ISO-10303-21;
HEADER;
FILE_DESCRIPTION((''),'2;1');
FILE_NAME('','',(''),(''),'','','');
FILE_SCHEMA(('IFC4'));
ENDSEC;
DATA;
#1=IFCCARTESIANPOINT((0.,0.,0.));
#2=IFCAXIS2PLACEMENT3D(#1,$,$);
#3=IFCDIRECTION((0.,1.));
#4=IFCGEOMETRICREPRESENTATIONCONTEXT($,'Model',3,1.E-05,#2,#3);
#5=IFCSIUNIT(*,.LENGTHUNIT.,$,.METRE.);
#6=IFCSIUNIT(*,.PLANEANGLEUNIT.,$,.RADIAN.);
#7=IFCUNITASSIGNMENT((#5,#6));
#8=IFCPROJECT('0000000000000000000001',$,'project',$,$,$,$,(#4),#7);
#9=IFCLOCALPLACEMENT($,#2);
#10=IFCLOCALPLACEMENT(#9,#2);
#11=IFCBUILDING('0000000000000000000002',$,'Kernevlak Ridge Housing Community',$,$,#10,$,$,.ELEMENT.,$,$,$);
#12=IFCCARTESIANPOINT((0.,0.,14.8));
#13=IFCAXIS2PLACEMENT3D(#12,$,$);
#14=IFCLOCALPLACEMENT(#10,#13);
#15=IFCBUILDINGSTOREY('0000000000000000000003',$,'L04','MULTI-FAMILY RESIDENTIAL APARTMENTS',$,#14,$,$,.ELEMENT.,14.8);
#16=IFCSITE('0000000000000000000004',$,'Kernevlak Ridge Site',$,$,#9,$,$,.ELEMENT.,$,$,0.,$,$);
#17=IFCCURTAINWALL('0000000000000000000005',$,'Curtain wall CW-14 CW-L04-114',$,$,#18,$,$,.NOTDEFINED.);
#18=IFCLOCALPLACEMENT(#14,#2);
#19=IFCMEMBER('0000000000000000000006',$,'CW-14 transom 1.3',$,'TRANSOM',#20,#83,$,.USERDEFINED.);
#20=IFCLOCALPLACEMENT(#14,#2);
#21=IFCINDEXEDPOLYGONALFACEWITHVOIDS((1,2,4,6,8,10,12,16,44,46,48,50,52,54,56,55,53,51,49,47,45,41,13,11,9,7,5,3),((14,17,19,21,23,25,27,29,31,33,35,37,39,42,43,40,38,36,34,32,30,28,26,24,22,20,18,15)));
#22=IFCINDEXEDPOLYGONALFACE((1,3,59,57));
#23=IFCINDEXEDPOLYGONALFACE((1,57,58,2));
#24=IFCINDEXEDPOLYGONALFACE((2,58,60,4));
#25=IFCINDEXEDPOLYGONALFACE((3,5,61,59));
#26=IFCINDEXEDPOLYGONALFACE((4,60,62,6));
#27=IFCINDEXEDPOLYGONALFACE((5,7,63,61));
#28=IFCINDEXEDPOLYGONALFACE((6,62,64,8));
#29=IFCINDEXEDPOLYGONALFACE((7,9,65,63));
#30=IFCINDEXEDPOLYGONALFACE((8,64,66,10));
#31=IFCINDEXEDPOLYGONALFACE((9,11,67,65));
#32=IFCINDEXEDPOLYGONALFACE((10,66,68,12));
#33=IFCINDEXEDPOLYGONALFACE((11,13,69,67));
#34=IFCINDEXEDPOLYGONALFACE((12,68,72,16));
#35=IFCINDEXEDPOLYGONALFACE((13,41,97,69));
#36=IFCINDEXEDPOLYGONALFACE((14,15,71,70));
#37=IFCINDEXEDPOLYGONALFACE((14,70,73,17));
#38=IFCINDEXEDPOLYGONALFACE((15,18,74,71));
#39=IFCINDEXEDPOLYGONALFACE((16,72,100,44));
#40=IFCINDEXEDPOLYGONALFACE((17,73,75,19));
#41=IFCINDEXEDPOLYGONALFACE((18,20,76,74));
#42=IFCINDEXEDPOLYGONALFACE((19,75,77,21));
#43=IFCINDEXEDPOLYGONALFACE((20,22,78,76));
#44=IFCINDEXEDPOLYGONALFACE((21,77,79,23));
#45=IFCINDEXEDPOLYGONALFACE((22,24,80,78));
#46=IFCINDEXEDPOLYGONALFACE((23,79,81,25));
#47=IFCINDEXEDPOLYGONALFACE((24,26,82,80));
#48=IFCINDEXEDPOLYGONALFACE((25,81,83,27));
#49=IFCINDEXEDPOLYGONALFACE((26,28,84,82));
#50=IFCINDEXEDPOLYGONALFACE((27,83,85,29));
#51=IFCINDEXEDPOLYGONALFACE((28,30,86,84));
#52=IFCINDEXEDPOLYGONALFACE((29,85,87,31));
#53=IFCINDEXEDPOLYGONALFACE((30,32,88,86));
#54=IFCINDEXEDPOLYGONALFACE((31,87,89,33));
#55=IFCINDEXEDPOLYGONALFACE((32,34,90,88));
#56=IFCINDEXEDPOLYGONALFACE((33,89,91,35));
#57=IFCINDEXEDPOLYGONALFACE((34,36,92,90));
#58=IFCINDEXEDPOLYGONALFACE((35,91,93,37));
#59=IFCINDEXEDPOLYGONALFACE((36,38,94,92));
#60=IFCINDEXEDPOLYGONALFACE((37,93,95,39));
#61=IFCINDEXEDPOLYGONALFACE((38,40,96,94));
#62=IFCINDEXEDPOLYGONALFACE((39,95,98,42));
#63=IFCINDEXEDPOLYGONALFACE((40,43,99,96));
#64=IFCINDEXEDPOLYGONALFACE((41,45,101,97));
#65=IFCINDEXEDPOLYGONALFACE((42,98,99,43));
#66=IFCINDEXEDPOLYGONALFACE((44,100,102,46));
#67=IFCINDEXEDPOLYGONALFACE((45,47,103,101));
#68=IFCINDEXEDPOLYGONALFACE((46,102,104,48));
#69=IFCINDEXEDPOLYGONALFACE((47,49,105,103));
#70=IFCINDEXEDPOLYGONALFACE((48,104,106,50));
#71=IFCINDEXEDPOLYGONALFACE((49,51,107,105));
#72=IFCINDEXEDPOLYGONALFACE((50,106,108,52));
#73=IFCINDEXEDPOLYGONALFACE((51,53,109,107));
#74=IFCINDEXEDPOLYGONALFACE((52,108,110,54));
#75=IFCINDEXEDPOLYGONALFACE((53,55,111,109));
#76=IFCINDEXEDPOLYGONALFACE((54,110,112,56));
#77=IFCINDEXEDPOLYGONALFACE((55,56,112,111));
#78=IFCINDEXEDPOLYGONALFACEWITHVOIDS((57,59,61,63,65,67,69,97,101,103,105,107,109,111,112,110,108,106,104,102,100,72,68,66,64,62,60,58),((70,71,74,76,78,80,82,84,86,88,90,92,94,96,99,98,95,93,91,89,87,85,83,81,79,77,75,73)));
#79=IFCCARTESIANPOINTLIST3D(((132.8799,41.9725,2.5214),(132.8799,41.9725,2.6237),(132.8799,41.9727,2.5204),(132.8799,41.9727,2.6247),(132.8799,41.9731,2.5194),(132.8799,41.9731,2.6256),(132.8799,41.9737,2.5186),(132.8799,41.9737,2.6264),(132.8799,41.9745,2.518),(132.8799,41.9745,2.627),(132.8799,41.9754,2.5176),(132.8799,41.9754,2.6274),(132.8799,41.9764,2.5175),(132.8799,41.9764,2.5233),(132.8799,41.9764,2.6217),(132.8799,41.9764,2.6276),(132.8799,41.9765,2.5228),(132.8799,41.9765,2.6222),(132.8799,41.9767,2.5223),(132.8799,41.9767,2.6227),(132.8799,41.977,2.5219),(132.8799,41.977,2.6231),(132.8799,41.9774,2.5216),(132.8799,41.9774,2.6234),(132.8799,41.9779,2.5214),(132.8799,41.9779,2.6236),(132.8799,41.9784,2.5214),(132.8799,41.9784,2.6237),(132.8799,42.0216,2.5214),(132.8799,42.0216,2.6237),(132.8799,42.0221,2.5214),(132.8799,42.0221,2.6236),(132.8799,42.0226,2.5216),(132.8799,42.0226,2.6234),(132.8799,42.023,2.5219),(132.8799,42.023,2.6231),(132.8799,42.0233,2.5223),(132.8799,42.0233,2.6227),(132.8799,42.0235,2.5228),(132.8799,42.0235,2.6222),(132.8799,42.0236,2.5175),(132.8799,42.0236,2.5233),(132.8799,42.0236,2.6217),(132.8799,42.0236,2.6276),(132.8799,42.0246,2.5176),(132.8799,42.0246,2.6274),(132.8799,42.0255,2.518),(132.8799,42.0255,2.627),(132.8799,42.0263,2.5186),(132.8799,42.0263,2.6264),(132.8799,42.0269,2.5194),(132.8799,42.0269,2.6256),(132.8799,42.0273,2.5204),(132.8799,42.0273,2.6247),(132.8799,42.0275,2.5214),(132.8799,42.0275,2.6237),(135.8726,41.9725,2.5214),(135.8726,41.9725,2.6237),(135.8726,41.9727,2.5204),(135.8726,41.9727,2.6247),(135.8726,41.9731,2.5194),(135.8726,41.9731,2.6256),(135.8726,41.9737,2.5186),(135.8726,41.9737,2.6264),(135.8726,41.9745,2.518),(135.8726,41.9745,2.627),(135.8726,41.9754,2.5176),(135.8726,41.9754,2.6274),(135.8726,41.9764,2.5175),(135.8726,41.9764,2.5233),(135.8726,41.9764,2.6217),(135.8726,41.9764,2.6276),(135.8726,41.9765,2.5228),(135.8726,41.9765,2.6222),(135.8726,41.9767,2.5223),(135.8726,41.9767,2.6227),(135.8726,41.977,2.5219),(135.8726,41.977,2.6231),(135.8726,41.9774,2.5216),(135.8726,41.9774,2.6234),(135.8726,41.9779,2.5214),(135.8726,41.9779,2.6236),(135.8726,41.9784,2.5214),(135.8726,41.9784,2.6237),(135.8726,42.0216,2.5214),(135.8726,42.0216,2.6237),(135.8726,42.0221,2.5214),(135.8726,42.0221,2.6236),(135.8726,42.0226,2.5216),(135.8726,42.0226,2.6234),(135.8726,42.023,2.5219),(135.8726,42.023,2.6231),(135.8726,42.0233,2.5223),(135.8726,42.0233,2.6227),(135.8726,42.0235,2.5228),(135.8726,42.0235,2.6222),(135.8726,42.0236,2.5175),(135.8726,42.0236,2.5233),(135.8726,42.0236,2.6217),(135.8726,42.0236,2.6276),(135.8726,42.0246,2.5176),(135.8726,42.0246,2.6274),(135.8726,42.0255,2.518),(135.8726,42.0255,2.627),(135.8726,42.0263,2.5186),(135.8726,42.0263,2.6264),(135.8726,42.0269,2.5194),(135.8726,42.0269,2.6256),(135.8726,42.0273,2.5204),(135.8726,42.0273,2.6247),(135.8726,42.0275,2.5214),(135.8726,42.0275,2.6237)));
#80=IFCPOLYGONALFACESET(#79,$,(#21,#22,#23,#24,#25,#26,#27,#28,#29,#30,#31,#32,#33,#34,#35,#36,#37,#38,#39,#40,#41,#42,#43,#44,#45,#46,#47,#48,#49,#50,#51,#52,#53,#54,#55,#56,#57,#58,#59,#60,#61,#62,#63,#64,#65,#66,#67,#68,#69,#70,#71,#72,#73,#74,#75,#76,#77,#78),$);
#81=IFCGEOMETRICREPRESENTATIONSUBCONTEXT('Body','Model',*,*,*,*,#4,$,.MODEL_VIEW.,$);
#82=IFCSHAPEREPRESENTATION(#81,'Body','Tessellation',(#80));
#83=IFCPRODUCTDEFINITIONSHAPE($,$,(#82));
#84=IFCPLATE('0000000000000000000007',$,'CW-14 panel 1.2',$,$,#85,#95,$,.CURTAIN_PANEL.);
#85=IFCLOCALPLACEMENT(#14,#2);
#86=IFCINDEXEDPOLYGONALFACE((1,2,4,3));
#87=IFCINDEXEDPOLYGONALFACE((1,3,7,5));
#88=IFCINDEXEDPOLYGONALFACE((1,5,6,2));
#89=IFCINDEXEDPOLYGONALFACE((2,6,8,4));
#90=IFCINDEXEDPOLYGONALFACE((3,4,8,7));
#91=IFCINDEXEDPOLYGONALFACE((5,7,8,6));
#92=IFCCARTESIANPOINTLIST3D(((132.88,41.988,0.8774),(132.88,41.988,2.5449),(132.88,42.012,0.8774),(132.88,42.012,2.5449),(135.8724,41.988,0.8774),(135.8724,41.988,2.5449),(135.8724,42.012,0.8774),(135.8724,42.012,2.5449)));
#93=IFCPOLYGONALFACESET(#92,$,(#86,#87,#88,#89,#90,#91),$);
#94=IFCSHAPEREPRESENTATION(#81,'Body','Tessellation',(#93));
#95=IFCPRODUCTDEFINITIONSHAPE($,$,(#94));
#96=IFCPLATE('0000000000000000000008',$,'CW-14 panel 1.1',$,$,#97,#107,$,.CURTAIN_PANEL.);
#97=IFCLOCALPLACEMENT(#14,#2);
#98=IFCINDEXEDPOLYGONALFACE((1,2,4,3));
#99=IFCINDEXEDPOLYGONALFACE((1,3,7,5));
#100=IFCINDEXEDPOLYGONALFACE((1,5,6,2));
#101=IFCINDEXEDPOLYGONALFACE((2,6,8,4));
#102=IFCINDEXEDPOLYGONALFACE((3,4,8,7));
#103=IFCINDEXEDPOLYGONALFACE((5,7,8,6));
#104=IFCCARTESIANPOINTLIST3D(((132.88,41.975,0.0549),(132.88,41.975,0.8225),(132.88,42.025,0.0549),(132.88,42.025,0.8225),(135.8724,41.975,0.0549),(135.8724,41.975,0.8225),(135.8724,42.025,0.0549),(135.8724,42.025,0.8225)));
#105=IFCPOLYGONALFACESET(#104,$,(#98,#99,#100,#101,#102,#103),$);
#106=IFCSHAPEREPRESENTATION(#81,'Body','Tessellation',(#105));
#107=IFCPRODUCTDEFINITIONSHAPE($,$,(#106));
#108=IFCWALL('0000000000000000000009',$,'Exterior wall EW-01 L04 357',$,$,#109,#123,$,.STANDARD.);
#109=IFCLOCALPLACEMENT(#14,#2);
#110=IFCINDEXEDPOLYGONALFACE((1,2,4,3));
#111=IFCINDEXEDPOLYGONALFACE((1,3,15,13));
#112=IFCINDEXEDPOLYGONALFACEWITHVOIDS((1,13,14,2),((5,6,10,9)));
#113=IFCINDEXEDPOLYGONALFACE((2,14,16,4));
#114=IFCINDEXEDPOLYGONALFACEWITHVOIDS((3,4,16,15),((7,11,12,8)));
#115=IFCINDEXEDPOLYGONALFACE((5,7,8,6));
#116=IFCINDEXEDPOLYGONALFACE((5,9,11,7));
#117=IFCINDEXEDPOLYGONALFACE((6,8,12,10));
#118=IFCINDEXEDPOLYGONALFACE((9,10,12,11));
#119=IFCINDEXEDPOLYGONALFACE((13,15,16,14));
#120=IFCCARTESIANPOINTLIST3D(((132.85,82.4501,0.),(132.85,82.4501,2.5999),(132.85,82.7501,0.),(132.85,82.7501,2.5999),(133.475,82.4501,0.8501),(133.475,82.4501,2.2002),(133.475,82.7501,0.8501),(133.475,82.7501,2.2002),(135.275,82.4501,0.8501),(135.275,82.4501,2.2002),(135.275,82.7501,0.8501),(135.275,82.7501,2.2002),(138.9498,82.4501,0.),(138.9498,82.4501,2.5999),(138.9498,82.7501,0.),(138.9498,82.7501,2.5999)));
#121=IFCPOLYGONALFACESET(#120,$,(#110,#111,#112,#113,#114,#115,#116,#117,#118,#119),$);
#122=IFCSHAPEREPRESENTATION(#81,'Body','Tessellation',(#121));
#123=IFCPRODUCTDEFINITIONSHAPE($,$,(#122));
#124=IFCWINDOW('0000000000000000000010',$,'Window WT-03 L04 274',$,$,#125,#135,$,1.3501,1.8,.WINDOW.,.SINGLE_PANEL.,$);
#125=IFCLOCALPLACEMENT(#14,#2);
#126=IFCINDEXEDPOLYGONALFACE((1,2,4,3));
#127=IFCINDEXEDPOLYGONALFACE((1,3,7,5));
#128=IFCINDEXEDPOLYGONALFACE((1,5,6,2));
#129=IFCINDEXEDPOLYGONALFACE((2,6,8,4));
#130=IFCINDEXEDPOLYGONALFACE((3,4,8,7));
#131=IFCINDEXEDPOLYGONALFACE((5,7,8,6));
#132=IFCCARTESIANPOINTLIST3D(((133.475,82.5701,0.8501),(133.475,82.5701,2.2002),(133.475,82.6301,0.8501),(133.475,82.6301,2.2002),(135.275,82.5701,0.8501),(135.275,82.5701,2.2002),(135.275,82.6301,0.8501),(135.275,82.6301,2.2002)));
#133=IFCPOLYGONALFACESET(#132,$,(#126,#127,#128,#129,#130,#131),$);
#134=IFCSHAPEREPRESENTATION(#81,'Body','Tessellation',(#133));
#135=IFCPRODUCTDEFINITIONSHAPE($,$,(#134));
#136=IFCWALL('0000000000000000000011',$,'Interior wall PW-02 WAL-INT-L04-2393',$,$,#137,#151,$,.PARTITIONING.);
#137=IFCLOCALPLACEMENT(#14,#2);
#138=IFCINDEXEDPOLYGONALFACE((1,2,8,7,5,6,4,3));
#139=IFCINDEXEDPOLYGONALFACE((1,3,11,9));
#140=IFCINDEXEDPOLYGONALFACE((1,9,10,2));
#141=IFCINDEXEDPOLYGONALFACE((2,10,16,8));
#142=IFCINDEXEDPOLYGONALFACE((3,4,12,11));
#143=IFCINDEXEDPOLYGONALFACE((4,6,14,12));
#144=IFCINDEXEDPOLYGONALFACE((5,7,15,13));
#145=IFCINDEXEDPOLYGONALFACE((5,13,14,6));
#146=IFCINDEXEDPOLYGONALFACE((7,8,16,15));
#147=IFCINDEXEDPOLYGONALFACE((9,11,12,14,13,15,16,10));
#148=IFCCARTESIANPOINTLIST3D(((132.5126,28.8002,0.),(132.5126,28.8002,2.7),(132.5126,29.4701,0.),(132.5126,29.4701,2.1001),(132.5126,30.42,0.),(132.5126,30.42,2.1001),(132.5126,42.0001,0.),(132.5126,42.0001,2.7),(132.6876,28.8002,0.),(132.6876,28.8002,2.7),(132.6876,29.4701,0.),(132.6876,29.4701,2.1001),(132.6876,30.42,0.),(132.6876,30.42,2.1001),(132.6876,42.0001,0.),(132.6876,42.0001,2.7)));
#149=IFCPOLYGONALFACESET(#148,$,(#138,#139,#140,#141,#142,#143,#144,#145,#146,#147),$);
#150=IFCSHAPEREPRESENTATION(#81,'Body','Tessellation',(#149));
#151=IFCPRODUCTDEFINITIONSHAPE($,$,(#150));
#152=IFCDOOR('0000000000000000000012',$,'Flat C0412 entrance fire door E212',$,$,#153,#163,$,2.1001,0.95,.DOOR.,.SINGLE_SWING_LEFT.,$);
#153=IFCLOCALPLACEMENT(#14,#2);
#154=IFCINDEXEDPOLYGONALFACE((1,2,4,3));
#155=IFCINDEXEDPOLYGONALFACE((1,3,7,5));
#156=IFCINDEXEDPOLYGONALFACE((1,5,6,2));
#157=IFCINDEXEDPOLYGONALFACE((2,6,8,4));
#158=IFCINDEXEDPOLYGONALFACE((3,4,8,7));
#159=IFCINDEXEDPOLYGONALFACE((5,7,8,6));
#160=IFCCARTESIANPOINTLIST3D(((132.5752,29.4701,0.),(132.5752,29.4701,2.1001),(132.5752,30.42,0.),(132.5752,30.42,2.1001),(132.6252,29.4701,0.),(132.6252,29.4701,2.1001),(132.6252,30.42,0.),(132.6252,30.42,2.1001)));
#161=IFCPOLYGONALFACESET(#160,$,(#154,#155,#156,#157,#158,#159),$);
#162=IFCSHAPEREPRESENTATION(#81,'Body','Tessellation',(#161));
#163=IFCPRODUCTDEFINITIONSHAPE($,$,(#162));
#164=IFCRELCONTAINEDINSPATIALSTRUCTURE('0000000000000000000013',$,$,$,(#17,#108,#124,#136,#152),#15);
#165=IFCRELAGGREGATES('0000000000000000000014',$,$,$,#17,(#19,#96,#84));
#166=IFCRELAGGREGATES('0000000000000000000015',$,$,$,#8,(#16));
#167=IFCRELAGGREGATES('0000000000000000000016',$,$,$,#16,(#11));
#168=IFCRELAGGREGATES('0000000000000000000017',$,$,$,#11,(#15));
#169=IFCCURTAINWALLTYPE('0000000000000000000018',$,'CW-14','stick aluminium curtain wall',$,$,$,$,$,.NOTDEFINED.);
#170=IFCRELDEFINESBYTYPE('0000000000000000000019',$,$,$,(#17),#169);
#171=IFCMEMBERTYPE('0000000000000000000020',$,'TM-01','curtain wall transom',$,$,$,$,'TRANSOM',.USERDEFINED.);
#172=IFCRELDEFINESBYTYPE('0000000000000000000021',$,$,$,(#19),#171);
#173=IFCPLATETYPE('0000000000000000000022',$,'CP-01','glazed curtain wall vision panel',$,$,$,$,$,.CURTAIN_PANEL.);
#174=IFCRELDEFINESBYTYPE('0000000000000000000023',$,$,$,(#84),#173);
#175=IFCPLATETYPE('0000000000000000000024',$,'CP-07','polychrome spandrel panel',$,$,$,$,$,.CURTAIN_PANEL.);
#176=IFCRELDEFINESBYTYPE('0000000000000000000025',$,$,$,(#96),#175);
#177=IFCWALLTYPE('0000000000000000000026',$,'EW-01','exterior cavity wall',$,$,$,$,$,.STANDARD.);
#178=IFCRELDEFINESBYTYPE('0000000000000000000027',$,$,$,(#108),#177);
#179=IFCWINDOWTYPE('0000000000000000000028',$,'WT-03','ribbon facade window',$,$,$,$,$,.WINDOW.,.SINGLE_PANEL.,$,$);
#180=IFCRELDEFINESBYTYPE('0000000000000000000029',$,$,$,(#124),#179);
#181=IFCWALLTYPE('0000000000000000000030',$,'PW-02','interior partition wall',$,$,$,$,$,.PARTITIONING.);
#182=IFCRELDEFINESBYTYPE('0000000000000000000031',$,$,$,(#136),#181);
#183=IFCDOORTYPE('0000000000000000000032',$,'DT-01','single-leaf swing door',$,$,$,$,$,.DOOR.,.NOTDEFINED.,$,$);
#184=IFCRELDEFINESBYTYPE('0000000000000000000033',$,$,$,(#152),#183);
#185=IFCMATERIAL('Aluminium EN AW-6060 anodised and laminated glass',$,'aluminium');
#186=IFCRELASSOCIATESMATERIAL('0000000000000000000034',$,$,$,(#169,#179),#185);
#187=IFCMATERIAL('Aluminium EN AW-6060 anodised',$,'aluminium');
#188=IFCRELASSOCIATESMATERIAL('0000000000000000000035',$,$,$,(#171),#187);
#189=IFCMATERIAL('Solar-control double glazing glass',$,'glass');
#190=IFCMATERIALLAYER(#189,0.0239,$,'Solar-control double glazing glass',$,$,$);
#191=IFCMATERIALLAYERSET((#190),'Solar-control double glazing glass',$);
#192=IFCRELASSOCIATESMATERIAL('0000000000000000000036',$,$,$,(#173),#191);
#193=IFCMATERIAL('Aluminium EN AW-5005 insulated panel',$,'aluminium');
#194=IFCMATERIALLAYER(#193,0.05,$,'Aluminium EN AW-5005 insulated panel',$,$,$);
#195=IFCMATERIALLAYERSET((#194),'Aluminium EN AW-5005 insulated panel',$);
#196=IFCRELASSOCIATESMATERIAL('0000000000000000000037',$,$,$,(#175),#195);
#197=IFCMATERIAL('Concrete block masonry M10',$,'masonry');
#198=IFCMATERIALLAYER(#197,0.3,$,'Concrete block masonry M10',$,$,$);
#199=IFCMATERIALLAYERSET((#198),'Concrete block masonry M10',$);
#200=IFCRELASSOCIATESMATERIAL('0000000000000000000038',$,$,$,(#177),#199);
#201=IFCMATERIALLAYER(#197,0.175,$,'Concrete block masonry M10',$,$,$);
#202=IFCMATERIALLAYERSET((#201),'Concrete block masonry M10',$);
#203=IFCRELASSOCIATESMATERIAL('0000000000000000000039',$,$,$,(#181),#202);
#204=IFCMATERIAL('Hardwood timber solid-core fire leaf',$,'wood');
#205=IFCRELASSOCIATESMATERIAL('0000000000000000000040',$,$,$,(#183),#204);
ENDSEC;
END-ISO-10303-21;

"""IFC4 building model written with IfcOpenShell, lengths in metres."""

from ifc_helpers import new_model, si_unit, direction, frame, frame_2d, origin, origin_2d, place, context, subcontext, project, spatial, rectangle, hollow_rectangle, extrude, material, layer, layer_set, material_profile, profile_set, type_object, element, fill, aggregate, save


model = new_model("IFC4")

# Units and contexts
model_context = context("Model", 3, precision=1e-05, world=origin(), true_north=direction((0.0, 1.0)))
body_context = subcontext(model_context, "Body", "Model", "MODEL_VIEW")
ifc_project = project(units=[si_unit("LENGTHUNIT", "METRE"), si_unit("PLANEANGLEUNIT", "RADIAN")], contexts=[model_context])

# Site, building, storey
site_placement = place(None, origin())
site = spatial("IfcSite", under=ifc_project, at=site_placement, Name="Kernevlak Ridge Site", CompositionType="ELEMENT", RefElevation=0.0)
building_placement = place(site_placement, origin())
building = spatial("IfcBuilding", under=site, at=building_placement, Name="Kernevlak Ridge Housing Community", CompositionType="ELEMENT")
storey_placement = place(building_placement, frame((0.0, 0.0, 14.8)))
storey = spatial("IfcBuildingStorey", under=building, at=storey_placement, Name="L04", Description="MULTI-FAMILY RESIDENTIAL APARTMENTS", CompositionType="ELEMENT", Elevation=14.8)

# Curtain wall
ifc_material_1 = material(Name="Aluminium EN AW-6060 anodised and laminated glass", Category="aluminium")
curtain_wall_type = type_object("IfcCurtainWallType", Name="CW-14", Description="stick aluminium curtain wall", PredefinedType="NOTDEFINED", material=ifc_material_1)
curtain_wall_placement = place(storey_placement, origin())
curtain_wall = element("IfcCurtainWall", 1, at=curtain_wall_placement, inside=storey, type_object=curtain_wall_type, Name="Curtain wall CW-14 CW-L04-114", PredefinedType="NOTDEFINED")
ifc_material_2 = material(Name="Aluminium EN AW-6060 anodised", Category="aluminium")

# Member
ifc_material_profile_1 = material_profile(ifc_material_2, hollow_rectangle(XDim=0.0549, YDim=0.1101, WallThickness=0.0039, InnerFilletRadius=0.002, OuterFilletRadius=0.0039, at=origin_2d()), Name="ALU 55x110x4")
ifc_profile_set_1 = profile_set([ifc_material_profile_1], Name="Aluminium EN AW-6060 anodised")
member_type_1 = type_object("IfcMemberType", Name="TM-01", Description="curtain wall transom", ElementType="TRANSOM", PredefinedType="USERDEFINED", material=ifc_profile_set_1)
member_1_placement = place(storey_placement, frame((132.8799, 42.0, 2.5725), z_axis=(1.0, 0.0, 0.0), x_axis=(0.0, 1.0, 0.0)))
member_1 = element("IfcMember", 2, at=member_1_placement, type_object=member_type_1, Name="CW-14 transom 1.3", ObjectType="TRANSOM", PredefinedType="USERDEFINED", context=body_context, shape_type="SweptSolid", body=[
    extrude(hollow_rectangle(XDim=0.0549, YDim=0.1101, WallThickness=0.0039, InnerFilletRadius=0.002, OuterFilletRadius=0.0039, at=origin_2d()), origin(), (0.0, 0.0, 1.0), 2.9927),
])

# Plates
ifc_material_3 = material(Name="Solar-control double glazing glass", Category="glass")
ifc_layer_1 = layer(ifc_material_3, 0.0239, Name="Solar-control double glazing glass")
ifc_layer_set_1 = layer_set([ifc_layer_1], Name="Solar-control double glazing glass")
plate_type_1 = type_object("IfcPlateType", Name="CP-01", Description="glazed curtain wall vision panel", PredefinedType="CURTAIN_PANEL", material=ifc_layer_set_1)
plate_1_placement = place(storey_placement, frame((134.3762, 42.0, 0.8774), z_axis=(0.0, 0.0, 1.0), x_axis=(1.0, 0.0, 0.0)))
plate_1 = element("IfcPlate", 3, at=plate_1_placement, type_object=plate_type_1, Name="CW-14 panel 1.2", PredefinedType="CURTAIN_PANEL", context=body_context, shape_type="SweptSolid", body=[
    extrude(rectangle(XDim=2.9924, YDim=0.0239, at=origin_2d()), origin(), (0.0, 0.0, 1.0), 1.6675),
])
ifc_material_4 = material(Name="Aluminium EN AW-5005 insulated panel", Category="aluminium")
ifc_layer_2 = layer(ifc_material_4, 0.05, Name="Aluminium EN AW-5005 insulated panel")
ifc_layer_set_2 = layer_set([ifc_layer_2], Name="Aluminium EN AW-5005 insulated panel")
plate_type_2 = type_object("IfcPlateType", Name="CP-07", Description="polychrome spandrel panel", PredefinedType="CURTAIN_PANEL", material=ifc_layer_set_2)
plate_2_placement = place(storey_placement, frame((134.3762, 42.0, 0.0549), z_axis=(0.0, 0.0, 1.0), x_axis=(1.0, 0.0, 0.0)))
plate_2 = element("IfcPlate", 4, at=plate_2_placement, type_object=plate_type_2, Name="CW-14 panel 1.1", PredefinedType="CURTAIN_PANEL", context=body_context, shape_type="SweptSolid", body=[
    extrude(rectangle(XDim=2.9924, YDim=0.05, at=origin_2d()), origin(), (0.0, 0.0, 1.0), 0.7676),
])
aggregate(curtain_wall, [member_1, plate_2, plate_1])

# Wall, opening, window
ifc_material_5 = material(Name="Concrete block masonry M10", Category="masonry")
ifc_layer_3 = layer(ifc_material_5, 0.3, Name="Concrete block masonry M10")
ifc_layer_set_3 = layer_set([ifc_layer_3], Name="Concrete block masonry M10")
wall_type_1 = type_object("IfcWallType", Name="EW-01", Description="exterior cavity wall", PredefinedType="STANDARD", material=ifc_layer_set_3)
wall_1_placement = place(storey_placement, frame((132.8501, 82.6001, 0.0), z_axis=(0.0, 0.0, 1.0), x_axis=(1.0, 0.0, 0.0)))
wall_1 = element("IfcWall", 5, at=wall_1_placement, inside=storey, type_object=wall_type_1, Name="Exterior wall EW-01 L04 357", PredefinedType="STANDARD", context=body_context, shape_type="SweptSolid", body=[
    extrude(rectangle(XDim=6.0999, YDim=0.3, at=frame_2d((3.0498, 0.0))), origin(), (0.0, 0.0, 1.0), 2.5999),
])
opening_1_placement = place(wall_1_placement, frame((0.625, 0.0, 0.8501)))
opening_1 = element("IfcOpeningElement", 6, at=opening_1_placement, cuts=wall_1, PredefinedType="OPENING", context=body_context, shape_type="SweptSolid", body=[
    extrude(rectangle(XDim=1.8, YDim=1.3501, at=frame_2d((0.8999, 0.675))), frame((0.0, 0.1599, 0.0), z_axis=(0.0, -1.0, 0.0), x_axis=(1.0, 0.0, 0.0)), (0.0, 0.0, 1.0), 0.3201),
])
window_type = type_object("IfcWindowType", Name="WT-03", Description="ribbon facade window", PartitioningType="SINGLE_PANEL", PredefinedType="WINDOW", material=ifc_material_1)
window_placement = place(opening_1_placement, origin())
window = element("IfcWindow", 7, at=window_placement, inside=storey, type_object=window_type, Name="Window WT-03 L04 274", OverallHeight=1.3501, OverallWidth=1.8, PartitioningType="SINGLE_PANEL", PredefinedType="WINDOW", context=body_context, shape_type="SweptSolid", body=[
    extrude(rectangle(XDim=1.8, YDim=1.3501, at=frame_2d((0.8999, 0.675))), frame((0.0, 0.03, 0.0), z_axis=(0.0, -1.0, 0.0), x_axis=(1.0, 0.0, 0.0)), (0.0, 0.0, 1.0), 0.0601),
])
fill(opening_1, window)

# Wall, opening, door
ifc_layer_4 = layer(ifc_material_5, 0.175, Name="Concrete block masonry M10")
ifc_layer_set_4 = layer_set([ifc_layer_4], Name="Concrete block masonry M10")
wall_type_2 = type_object("IfcWallType", Name="PW-02", Description="interior partition wall", PredefinedType="PARTITIONING", material=ifc_layer_set_4)
wall_2_placement = place(storey_placement, frame((132.6001, 28.8, 0.0), z_axis=(0.0, 0.0, 1.0), x_axis=(0.0, 1.0, 0.0)))
wall_2 = element("IfcWall", 8, at=wall_2_placement, inside=storey, type_object=wall_type_2, Name="Interior wall PW-02 WAL-INT-L04-2393", PredefinedType="PARTITIONING", context=body_context, shape_type="SweptSolid", body=[
    extrude(rectangle(XDim=13.2, YDim=0.175, at=frame_2d((6.6001, 0.0))), origin(), (0.0, 0.0, 1.0), 2.7),
])
opening_2_placement = place(wall_2_placement, frame((0.6699, 0.0, 0.0)))
opening_2 = element("IfcOpeningElement", 9, at=opening_2_placement, cuts=wall_2, PredefinedType="OPENING", context=body_context, shape_type="SweptSolid", body=[
    extrude(rectangle(XDim=0.95, YDim=2.1001, at=frame_2d((0.4751, 1.05))), frame((0.0, 0.0974, 0.0), z_axis=(0.0, -1.0, 0.0), x_axis=(1.0, 0.0, 0.0)), (0.0, 0.0, 1.0), 0.1951),
])
ifc_material_6 = material(Name="Hardwood timber solid-core fire leaf", Category="wood")
door_type_1 = type_object("IfcDoorType", Name="DT-01", Description="single-leaf swing door", OperationType="NOTDEFINED", PredefinedType="DOOR", material=ifc_material_6)
door_1_placement = place(opening_2_placement, origin())
door_1 = element("IfcDoor", 10, at=door_1_placement, inside=storey, type_object=door_type_1, Name="Flat C0412 entrance fire door E212", OperationType="SINGLE_SWING_LEFT", OverallHeight=2.1001, OverallWidth=0.95, PredefinedType="DOOR", context=body_context, shape_type="SweptSolid", body=[
    extrude(rectangle(XDim=0.95, YDim=2.1001, at=frame_2d((0.4751, 1.05))), frame((0.0, 0.0249, 0.0), z_axis=(0.0, -1.0, 0.0), x_axis=(1.0, 0.0, 0.0)), (0.0, 0.0, 1.0), 0.05),
])
fill(opening_2, door_1)

save(model, "model.ifc")
